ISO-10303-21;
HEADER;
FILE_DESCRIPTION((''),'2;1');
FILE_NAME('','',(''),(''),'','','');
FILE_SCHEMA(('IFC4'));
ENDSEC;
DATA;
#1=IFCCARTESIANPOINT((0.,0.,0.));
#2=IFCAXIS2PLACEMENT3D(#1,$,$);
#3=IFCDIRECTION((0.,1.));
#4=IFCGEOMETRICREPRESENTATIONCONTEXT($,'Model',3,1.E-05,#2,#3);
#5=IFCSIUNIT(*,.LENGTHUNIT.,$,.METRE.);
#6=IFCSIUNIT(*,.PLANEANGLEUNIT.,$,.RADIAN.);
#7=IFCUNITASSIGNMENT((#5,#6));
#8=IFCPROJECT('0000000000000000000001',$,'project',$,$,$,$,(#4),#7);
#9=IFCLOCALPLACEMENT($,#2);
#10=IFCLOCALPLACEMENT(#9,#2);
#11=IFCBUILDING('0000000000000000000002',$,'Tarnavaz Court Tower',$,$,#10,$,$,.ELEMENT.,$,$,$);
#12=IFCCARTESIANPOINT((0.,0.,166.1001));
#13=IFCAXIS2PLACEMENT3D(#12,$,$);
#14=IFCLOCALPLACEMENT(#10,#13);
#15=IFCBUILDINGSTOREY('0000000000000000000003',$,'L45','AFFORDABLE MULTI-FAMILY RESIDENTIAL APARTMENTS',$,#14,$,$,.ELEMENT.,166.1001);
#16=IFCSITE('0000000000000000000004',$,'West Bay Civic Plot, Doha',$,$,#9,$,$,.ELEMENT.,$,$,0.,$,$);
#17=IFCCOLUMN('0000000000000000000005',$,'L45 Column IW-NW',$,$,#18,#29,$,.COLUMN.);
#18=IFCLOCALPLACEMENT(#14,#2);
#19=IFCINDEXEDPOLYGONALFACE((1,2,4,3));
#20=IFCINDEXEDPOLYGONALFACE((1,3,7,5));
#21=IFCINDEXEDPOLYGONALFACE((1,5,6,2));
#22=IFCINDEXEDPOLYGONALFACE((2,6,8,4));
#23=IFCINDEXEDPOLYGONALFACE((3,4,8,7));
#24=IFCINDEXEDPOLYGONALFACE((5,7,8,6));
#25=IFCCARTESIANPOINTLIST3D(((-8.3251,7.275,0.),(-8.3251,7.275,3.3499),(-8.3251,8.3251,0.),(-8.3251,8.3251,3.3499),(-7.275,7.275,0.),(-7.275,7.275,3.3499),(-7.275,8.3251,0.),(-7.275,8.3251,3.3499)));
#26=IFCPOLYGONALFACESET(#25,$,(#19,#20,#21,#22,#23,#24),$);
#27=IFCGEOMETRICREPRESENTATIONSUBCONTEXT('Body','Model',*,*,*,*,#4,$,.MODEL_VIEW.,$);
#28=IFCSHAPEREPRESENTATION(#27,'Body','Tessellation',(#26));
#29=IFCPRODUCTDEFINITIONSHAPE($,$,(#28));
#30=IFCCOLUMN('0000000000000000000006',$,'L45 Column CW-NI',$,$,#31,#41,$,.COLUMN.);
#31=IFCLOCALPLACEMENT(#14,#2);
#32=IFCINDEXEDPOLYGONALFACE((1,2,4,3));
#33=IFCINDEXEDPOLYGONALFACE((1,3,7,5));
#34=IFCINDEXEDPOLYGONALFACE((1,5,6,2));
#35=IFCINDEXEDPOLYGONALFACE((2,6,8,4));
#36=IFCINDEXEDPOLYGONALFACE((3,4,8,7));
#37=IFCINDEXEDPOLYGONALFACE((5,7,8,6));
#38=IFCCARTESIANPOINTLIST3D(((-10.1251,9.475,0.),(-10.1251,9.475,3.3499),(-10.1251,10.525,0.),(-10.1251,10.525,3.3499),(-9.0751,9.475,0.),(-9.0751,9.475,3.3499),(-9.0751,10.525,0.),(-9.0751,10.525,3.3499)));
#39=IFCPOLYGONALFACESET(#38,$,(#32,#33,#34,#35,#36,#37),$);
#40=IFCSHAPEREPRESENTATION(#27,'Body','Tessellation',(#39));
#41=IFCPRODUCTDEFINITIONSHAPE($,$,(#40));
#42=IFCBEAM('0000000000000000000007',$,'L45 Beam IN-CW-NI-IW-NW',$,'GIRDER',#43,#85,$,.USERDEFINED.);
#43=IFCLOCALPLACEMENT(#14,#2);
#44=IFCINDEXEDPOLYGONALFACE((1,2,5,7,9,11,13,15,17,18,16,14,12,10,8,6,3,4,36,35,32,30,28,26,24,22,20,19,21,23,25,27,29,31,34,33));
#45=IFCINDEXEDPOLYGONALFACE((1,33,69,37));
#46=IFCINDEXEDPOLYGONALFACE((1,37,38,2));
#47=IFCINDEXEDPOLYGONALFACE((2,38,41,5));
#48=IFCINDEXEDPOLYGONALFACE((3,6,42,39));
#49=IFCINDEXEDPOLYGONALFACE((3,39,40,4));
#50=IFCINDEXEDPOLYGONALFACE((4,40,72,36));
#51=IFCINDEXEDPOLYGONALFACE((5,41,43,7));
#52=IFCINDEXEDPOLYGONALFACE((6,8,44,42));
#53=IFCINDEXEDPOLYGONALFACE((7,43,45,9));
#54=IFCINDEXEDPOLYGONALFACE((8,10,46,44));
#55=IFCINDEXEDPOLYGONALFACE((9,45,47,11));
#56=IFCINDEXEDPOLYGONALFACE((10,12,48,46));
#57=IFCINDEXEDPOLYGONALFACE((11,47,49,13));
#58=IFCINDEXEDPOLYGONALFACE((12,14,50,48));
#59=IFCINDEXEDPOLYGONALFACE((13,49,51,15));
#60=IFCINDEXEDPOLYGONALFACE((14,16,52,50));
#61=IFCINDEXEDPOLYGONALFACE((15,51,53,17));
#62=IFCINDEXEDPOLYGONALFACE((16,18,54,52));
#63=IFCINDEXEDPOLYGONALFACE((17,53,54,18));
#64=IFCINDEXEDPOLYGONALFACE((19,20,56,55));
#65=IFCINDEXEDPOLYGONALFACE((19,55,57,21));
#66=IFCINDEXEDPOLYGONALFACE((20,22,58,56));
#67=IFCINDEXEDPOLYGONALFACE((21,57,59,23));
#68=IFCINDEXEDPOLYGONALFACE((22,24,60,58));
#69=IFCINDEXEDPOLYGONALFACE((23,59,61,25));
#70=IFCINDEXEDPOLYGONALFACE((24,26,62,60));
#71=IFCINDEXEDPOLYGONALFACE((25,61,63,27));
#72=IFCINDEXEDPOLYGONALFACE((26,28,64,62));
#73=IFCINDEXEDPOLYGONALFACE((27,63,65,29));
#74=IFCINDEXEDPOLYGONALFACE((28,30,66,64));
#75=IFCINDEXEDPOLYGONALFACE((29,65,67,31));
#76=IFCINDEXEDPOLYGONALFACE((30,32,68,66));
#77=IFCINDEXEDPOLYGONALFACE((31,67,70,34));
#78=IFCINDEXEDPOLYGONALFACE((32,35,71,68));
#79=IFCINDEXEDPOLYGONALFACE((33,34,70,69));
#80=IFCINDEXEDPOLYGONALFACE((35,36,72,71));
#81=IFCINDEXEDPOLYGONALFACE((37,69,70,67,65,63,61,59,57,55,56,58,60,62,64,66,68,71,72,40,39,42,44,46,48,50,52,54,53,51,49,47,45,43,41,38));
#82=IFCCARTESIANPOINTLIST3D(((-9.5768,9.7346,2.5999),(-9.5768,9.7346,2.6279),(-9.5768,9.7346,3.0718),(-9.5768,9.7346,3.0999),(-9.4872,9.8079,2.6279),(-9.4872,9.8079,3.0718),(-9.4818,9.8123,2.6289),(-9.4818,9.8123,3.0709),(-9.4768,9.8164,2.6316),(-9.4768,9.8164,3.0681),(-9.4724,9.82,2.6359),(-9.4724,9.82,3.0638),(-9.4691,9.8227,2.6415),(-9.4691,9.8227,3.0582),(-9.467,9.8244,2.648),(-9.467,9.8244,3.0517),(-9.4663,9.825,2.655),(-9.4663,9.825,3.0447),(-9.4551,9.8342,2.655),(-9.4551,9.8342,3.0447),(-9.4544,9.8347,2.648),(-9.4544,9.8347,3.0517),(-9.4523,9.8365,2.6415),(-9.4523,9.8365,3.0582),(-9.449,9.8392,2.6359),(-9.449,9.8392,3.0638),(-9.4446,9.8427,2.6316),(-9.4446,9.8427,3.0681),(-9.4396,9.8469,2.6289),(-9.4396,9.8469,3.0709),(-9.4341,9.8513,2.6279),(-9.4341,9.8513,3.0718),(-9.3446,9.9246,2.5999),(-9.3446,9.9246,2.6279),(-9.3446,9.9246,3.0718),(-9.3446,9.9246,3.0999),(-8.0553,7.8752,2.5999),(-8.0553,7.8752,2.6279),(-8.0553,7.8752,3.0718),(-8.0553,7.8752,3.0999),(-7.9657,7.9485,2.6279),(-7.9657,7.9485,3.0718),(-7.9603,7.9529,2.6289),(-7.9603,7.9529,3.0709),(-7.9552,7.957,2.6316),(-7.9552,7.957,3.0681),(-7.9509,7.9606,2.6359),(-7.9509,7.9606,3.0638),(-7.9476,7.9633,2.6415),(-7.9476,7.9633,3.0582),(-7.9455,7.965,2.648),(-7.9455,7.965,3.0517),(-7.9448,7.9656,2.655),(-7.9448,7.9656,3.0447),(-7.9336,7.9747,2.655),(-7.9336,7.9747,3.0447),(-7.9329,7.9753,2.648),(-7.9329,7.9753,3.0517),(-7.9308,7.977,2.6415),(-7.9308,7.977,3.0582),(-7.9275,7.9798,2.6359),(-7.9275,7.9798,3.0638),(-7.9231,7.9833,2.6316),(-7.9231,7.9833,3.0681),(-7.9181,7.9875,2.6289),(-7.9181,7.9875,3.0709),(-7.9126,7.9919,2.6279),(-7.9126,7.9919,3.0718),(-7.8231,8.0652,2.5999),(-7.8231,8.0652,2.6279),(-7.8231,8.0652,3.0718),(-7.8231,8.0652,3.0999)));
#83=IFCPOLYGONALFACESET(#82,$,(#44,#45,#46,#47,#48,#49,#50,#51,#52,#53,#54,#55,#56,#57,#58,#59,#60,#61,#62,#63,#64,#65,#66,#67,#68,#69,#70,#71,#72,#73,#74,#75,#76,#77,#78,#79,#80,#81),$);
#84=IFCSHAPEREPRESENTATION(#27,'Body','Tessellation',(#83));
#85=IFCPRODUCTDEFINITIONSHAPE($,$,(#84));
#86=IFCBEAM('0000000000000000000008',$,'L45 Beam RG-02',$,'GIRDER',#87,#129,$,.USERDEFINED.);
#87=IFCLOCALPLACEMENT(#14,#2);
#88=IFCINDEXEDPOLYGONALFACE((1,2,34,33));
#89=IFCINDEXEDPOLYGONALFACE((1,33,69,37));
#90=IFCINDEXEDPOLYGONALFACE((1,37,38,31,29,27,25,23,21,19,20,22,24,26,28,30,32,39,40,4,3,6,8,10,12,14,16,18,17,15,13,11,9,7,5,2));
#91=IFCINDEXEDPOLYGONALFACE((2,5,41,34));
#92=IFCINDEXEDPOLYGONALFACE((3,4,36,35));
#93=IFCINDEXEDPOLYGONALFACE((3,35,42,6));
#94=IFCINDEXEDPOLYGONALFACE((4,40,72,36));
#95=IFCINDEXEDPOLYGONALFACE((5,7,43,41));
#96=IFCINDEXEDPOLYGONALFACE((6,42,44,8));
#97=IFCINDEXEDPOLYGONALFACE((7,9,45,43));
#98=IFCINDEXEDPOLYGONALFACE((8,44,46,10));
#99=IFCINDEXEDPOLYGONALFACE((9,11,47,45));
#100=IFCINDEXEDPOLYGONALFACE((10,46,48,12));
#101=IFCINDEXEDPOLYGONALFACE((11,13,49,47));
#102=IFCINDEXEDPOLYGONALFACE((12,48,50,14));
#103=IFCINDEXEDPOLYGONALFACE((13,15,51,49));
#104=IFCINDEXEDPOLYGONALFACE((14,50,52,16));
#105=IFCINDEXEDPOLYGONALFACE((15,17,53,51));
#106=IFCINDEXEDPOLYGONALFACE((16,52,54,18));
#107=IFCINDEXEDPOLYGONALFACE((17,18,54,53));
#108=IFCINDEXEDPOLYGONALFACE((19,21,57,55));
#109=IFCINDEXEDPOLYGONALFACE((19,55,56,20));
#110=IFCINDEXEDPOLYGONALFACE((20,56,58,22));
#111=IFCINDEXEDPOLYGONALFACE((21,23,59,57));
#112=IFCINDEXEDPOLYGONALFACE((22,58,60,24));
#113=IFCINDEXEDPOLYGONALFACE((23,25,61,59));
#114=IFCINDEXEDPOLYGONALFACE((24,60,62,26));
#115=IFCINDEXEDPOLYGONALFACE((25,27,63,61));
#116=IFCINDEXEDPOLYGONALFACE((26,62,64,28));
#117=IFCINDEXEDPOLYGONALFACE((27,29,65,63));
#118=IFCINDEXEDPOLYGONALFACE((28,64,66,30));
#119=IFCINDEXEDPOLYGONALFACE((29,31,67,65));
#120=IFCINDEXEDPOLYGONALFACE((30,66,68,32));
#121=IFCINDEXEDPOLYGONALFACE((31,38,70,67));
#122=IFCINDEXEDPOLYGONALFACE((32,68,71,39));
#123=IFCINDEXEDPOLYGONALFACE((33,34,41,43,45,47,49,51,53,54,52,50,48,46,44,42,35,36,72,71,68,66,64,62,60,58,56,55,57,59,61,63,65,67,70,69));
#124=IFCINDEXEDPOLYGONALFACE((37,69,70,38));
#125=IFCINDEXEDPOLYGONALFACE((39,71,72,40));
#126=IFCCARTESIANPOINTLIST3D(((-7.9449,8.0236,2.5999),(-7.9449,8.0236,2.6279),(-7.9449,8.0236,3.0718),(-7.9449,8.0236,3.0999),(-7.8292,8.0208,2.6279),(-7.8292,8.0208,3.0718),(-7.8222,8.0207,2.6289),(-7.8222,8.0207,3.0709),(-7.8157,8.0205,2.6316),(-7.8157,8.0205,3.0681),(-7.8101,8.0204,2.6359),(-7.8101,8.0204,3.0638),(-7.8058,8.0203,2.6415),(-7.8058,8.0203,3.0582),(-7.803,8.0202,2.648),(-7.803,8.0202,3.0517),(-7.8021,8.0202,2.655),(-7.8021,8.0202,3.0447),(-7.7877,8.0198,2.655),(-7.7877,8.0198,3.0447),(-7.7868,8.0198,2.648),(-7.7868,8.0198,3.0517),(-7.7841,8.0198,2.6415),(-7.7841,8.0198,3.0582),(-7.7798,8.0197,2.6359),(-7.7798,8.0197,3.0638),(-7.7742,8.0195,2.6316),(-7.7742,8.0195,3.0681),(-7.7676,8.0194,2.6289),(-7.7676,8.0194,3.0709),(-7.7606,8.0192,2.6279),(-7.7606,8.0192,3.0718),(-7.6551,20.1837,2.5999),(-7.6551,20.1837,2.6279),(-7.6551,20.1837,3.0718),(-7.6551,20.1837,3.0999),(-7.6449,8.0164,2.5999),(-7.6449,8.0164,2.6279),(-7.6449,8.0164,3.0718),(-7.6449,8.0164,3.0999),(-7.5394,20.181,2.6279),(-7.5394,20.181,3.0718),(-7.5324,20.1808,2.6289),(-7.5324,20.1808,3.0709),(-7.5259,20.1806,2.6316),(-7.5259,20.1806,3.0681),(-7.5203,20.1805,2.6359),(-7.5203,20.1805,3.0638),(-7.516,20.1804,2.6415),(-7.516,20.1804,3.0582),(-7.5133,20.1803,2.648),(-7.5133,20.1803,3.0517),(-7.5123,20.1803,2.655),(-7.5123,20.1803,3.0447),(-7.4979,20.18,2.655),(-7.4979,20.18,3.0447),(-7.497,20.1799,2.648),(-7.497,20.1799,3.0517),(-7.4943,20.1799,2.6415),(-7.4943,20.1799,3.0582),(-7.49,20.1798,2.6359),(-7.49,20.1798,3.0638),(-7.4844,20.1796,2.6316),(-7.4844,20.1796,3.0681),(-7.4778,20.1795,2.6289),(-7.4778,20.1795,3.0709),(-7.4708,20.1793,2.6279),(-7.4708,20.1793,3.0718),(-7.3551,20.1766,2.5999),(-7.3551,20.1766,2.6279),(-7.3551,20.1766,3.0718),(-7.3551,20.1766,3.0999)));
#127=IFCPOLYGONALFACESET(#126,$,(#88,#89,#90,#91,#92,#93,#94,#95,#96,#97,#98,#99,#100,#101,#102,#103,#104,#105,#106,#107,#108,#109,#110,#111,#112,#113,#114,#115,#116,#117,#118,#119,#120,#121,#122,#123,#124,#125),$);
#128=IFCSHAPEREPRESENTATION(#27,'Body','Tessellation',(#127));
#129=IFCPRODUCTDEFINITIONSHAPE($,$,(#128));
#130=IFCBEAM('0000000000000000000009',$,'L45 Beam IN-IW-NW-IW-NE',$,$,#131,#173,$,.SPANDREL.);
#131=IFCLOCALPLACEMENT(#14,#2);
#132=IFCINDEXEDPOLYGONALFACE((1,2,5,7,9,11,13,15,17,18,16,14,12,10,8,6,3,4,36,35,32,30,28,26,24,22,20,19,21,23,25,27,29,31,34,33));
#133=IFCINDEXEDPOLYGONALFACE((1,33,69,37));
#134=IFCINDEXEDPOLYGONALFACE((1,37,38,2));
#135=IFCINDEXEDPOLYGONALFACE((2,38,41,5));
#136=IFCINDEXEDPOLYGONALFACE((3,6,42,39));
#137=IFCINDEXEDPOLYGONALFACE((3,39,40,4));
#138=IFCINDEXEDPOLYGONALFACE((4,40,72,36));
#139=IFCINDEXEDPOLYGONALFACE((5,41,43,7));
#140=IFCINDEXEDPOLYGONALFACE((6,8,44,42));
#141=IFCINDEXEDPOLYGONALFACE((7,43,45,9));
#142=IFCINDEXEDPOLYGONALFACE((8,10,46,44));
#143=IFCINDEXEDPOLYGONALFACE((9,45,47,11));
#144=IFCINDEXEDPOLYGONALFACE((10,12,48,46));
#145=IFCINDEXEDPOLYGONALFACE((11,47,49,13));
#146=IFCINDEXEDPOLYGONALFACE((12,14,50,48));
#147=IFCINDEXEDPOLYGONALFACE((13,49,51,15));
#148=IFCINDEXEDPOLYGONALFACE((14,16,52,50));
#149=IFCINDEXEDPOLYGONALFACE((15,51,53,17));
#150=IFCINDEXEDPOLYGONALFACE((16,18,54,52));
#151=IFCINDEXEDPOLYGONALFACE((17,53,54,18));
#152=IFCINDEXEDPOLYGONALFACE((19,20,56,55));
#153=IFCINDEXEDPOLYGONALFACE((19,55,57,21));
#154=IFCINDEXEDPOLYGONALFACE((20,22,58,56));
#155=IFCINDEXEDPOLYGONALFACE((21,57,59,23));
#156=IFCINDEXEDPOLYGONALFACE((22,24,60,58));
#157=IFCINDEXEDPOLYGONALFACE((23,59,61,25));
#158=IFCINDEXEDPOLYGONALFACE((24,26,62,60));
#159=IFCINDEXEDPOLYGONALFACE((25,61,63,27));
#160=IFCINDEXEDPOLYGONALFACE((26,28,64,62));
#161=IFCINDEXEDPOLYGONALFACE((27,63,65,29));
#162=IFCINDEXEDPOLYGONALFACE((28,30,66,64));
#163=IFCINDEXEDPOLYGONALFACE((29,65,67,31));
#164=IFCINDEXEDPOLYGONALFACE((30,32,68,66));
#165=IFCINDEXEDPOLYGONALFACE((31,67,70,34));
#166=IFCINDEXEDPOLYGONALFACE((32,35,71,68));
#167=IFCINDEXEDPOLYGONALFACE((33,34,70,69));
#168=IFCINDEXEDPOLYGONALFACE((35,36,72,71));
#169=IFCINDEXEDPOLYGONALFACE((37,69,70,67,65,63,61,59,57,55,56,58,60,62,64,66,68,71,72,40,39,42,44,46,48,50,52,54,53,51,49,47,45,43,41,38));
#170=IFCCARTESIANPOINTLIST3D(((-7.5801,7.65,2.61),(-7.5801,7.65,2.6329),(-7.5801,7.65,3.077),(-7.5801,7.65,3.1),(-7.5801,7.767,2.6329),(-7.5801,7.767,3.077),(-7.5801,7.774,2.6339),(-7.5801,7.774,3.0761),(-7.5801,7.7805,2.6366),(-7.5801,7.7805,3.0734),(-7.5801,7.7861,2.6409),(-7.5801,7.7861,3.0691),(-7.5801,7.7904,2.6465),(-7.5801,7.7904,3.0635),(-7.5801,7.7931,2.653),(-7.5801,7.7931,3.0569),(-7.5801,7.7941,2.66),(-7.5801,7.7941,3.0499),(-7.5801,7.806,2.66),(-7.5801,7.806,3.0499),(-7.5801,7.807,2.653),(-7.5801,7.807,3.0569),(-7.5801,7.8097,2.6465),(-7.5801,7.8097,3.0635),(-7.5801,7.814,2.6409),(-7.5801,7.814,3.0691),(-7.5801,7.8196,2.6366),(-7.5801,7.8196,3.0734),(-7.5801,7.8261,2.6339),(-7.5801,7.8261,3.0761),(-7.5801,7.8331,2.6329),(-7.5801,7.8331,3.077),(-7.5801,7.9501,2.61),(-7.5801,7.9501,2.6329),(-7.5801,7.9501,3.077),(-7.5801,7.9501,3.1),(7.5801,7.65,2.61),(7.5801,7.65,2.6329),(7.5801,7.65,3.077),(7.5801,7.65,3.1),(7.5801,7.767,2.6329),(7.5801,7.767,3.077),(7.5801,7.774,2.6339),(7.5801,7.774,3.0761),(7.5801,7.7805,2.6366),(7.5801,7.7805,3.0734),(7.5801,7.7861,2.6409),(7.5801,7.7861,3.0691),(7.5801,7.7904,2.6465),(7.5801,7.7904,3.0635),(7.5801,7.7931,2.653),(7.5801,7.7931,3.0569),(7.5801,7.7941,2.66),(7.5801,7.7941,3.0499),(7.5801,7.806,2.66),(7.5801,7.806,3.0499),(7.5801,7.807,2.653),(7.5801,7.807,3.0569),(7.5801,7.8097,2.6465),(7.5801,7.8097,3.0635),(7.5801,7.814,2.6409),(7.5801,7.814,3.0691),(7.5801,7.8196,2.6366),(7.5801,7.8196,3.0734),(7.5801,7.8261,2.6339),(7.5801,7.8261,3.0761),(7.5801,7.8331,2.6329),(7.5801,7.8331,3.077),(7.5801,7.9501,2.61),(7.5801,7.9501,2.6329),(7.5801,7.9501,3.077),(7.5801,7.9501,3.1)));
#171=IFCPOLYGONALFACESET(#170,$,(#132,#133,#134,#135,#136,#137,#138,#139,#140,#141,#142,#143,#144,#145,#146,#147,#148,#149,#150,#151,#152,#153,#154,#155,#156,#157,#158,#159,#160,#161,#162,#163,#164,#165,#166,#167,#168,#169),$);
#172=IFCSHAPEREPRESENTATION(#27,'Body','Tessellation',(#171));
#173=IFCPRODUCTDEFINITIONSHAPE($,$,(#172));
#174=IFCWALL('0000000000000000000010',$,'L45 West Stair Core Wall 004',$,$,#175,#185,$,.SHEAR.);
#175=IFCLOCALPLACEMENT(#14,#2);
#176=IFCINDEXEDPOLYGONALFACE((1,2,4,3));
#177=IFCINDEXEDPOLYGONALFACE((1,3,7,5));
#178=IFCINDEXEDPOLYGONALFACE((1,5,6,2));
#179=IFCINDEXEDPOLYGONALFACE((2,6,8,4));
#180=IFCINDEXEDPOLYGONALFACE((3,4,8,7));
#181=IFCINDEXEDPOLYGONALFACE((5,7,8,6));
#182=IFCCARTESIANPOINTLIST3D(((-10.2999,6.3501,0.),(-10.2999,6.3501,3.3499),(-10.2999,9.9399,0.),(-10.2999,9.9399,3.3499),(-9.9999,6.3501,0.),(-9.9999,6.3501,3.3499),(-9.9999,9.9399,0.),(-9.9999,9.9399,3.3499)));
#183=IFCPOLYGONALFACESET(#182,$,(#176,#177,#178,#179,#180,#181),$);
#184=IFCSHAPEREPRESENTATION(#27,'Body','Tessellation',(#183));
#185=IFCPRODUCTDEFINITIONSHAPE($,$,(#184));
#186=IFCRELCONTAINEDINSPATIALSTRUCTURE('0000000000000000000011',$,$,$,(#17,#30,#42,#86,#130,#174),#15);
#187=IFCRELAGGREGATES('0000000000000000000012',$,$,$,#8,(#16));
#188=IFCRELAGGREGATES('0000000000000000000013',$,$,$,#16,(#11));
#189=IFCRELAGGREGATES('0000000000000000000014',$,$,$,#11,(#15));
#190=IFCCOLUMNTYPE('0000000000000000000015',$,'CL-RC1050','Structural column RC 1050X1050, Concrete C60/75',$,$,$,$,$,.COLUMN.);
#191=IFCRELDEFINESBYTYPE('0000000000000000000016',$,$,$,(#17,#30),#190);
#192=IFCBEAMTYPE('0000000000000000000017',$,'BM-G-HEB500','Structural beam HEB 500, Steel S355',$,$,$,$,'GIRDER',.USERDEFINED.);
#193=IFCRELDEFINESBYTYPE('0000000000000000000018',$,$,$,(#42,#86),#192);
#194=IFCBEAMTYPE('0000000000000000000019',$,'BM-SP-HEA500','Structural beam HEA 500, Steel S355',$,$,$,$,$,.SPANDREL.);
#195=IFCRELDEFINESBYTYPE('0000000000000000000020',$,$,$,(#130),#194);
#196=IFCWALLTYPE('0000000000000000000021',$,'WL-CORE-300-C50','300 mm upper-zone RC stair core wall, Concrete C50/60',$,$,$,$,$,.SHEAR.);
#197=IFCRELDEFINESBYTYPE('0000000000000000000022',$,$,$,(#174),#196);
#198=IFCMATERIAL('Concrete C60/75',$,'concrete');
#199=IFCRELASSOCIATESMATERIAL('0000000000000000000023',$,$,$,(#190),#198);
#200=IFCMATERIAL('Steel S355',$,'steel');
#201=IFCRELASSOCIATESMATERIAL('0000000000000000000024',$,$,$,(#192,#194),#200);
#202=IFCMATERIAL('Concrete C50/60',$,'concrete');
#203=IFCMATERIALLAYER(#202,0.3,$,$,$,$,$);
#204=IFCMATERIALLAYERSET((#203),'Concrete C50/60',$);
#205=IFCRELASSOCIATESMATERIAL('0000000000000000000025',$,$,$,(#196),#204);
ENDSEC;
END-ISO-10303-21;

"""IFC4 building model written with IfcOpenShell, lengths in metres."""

from ifc_helpers import new_model, si_unit, direction, frame, frame_2d, origin, origin_2d, place, context, subcontext, project, spatial, rectangle, i_section, extrude, material, layer, layer_set, material_profile, profile_set, type_object, element, save


model = new_model("IFC4")

# Units and contexts
model_context = context("Model", 3, precision=1e-05, world=origin(), true_north=direction((0.0, 1.0)))
body_context = subcontext(model_context, "Body", "Model", "MODEL_VIEW")
ifc_project = project(units=[si_unit("LENGTHUNIT", "METRE"), si_unit("PLANEANGLEUNIT", "RADIAN")], contexts=[model_context])

# Site, building, storey
site_placement = place(None, origin())
site = spatial("IfcSite", under=ifc_project, at=site_placement, Name="West Bay Civic Plot, Doha", CompositionType="ELEMENT", RefElevation=0.0)
building_placement = place(site_placement, origin())
building = spatial("IfcBuilding", under=site, at=building_placement, Name="Tarnavaz Court Tower", CompositionType="ELEMENT")
storey_placement = place(building_placement, frame((0.0, 0.0, 166.1001)))
storey = spatial("IfcBuildingStorey", under=building, at=storey_placement, Name="L45", Description="AFFORDABLE MULTI-FAMILY RESIDENTIAL APARTMENTS", CompositionType="ELEMENT", Elevation=166.1001)

# Columns
ifc_material_1 = material(Name="Concrete C60/75", Category="concrete")
ifc_material_profile_1 = material_profile(ifc_material_1, rectangle(XDim=1.05, YDim=1.05, at=origin_2d()), Name="RC 1050X1050")
ifc_profile_set_1 = profile_set([ifc_material_profile_1], Name="Concrete C60/75")
column_type = type_object("IfcColumnType", Name="CL-RC1050", Description="Structural column RC 1050X1050, Concrete C60/75", PredefinedType="COLUMN", material=ifc_profile_set_1)
for number, where, z_axis, x_axis, name in (
    (1, (-7.8, 7.8, 0.0), (0.0, 0.0, 1.0), (1.0, 0.0, 0.0), "L45 Column IW-NW"),
    (2, (-9.6001, 10.0, 0.0), (0.0, 0.0, 1.0), (1.0, 0.0, 0.0), "L45 Column CW-NI"),
):
    element("IfcColumn", number, at=place(storey_placement, frame(where, z_axis=z_axis, x_axis=x_axis)), inside=storey, type_object=column_type, Name=name, PredefinedType="COLUMN", context=body_context, shape_type="SweptSolid", body=[
        extrude(rectangle(XDim=1.05, YDim=1.05, at=origin_2d()), origin(), (0.0, 0.0, 1.0), 3.3499),
    ])

# Beams
ifc_material_2 = material(Name="Steel S355", Category="steel")
ifc_material_profile_2 = material_profile(ifc_material_2, i_section(OverallWidth=0.3, OverallDepth=0.5, WebThickness=0.0144, FlangeThickness=0.0281, FilletRadius=0.0271, at=origin_2d()), Name="HEB 500")
ifc_profile_set_2 = profile_set([ifc_material_profile_2], Name="Steel S355")
beam_type_1 = type_object("IfcBeamType", Name="BM-G-HEB500", Description="Structural beam HEB 500, Steel S355", ElementType="GIRDER", PredefinedType="USERDEFINED", material=ifc_profile_set_2)
beam_1_placement = place(storey_placement, frame((-9.4607, 9.8296, 2.8499), z_axis=(0.633282, -0.773921, 0.0), x_axis=(0.773921, 0.633282, 0.0)))
element("IfcBeam", 3, at=beam_1_placement, inside=storey, type_object=beam_type_1, Name="L45 Beam IN-CW-NI-IW-NW", ObjectType="GIRDER", PredefinedType="USERDEFINED", context=body_context, shape_type="SweptSolid", body=[
    extrude(i_section(OverallWidth=0.3, OverallDepth=0.5, WebThickness=0.0144, FlangeThickness=0.0281, FilletRadius=0.0271, at=origin_2d()), origin(), (0.0, 0.0, 1.0), 2.4026),
])
beam_2_placement = place(storey_placement, frame((-7.7949, 8.02, 2.8499), z_axis=(0.023825, 0.999716, 0.0), x_axis=(-0.999716, 0.023825, 0.0)))
element("IfcBeam", 4, at=beam_2_placement, inside=storey, type_object=beam_type_1, Name="L45 Beam RG-02", ObjectType="GIRDER", PredefinedType="USERDEFINED", context=body_context, shape_type="SweptSolid", body=[
    extrude(i_section(OverallWidth=0.3, OverallDepth=0.5, WebThickness=0.0144, FlangeThickness=0.0281, FilletRadius=0.0271, at=origin_2d()), origin(), (0.0, 0.0, 1.0), 12.1636),
])
ifc_material_profile_3 = material_profile(ifc_material_2, i_section(OverallWidth=0.3, OverallDepth=0.49, WebThickness=0.012, FlangeThickness=0.0229, FilletRadius=0.0271, at=origin_2d()), Name="HEA 500")
ifc_profile_set_3 = profile_set([ifc_material_profile_3], Name="Steel S355")
beam_type_2 = type_object("IfcBeamType", Name="BM-SP-HEA500", Description="Structural beam HEA 500, Steel S355", PredefinedType="SPANDREL", material=ifc_profile_set_3)
beam_3_placement = place(storey_placement, frame((-7.5801, 7.8, 2.855), z_axis=(1.0, 0.0, 0.0), x_axis=(0.0, 1.0, 0.0)))
element("IfcBeam", 5, at=beam_3_placement, inside=storey, type_object=beam_type_2, Name="L45 Beam IN-IW-NW-IW-NE", PredefinedType="SPANDREL", context=body_context, shape_type="SweptSolid", body=[
    extrude(i_section(OverallWidth=0.3, OverallDepth=0.49, WebThickness=0.012, FlangeThickness=0.0229, FilletRadius=0.0271, at=origin_2d()), origin(), (0.0, 0.0, 1.0), 15.1602),
])

# Wall
ifc_material_3 = material(Name="Concrete C50/60", Category="concrete")
ifc_layer_1 = layer(ifc_material_3, 0.3)
ifc_layer_set_1 = layer_set([ifc_layer_1], Name="Concrete C50/60")
wall_type_1 = type_object("IfcWallType", Name="WL-CORE-300-C50", Description="300 mm upper-zone RC stair core wall, Concrete C50/60", PredefinedType="SHEAR", material=ifc_layer_set_1)
wall_1_placement = place(storey_placement, frame((-10.1499, 6.3501, 0.0), z_axis=(0.0, 0.0, 1.0), x_axis=(0.0, 1.0, 0.0)))
element("IfcWall", 6, at=wall_1_placement, inside=storey, type_object=wall_type_1, Name="L45 West Stair Core Wall 004", PredefinedType="SHEAR", context=body_context, shape_type="SweptSolid", body=[
    extrude(rectangle(XDim=3.5898, YDim=0.3, at=frame_2d((1.7949, 0.0))), origin(), (0.0, 0.0, 1.0), 3.3499),
])

save(model, "model.ifc")
